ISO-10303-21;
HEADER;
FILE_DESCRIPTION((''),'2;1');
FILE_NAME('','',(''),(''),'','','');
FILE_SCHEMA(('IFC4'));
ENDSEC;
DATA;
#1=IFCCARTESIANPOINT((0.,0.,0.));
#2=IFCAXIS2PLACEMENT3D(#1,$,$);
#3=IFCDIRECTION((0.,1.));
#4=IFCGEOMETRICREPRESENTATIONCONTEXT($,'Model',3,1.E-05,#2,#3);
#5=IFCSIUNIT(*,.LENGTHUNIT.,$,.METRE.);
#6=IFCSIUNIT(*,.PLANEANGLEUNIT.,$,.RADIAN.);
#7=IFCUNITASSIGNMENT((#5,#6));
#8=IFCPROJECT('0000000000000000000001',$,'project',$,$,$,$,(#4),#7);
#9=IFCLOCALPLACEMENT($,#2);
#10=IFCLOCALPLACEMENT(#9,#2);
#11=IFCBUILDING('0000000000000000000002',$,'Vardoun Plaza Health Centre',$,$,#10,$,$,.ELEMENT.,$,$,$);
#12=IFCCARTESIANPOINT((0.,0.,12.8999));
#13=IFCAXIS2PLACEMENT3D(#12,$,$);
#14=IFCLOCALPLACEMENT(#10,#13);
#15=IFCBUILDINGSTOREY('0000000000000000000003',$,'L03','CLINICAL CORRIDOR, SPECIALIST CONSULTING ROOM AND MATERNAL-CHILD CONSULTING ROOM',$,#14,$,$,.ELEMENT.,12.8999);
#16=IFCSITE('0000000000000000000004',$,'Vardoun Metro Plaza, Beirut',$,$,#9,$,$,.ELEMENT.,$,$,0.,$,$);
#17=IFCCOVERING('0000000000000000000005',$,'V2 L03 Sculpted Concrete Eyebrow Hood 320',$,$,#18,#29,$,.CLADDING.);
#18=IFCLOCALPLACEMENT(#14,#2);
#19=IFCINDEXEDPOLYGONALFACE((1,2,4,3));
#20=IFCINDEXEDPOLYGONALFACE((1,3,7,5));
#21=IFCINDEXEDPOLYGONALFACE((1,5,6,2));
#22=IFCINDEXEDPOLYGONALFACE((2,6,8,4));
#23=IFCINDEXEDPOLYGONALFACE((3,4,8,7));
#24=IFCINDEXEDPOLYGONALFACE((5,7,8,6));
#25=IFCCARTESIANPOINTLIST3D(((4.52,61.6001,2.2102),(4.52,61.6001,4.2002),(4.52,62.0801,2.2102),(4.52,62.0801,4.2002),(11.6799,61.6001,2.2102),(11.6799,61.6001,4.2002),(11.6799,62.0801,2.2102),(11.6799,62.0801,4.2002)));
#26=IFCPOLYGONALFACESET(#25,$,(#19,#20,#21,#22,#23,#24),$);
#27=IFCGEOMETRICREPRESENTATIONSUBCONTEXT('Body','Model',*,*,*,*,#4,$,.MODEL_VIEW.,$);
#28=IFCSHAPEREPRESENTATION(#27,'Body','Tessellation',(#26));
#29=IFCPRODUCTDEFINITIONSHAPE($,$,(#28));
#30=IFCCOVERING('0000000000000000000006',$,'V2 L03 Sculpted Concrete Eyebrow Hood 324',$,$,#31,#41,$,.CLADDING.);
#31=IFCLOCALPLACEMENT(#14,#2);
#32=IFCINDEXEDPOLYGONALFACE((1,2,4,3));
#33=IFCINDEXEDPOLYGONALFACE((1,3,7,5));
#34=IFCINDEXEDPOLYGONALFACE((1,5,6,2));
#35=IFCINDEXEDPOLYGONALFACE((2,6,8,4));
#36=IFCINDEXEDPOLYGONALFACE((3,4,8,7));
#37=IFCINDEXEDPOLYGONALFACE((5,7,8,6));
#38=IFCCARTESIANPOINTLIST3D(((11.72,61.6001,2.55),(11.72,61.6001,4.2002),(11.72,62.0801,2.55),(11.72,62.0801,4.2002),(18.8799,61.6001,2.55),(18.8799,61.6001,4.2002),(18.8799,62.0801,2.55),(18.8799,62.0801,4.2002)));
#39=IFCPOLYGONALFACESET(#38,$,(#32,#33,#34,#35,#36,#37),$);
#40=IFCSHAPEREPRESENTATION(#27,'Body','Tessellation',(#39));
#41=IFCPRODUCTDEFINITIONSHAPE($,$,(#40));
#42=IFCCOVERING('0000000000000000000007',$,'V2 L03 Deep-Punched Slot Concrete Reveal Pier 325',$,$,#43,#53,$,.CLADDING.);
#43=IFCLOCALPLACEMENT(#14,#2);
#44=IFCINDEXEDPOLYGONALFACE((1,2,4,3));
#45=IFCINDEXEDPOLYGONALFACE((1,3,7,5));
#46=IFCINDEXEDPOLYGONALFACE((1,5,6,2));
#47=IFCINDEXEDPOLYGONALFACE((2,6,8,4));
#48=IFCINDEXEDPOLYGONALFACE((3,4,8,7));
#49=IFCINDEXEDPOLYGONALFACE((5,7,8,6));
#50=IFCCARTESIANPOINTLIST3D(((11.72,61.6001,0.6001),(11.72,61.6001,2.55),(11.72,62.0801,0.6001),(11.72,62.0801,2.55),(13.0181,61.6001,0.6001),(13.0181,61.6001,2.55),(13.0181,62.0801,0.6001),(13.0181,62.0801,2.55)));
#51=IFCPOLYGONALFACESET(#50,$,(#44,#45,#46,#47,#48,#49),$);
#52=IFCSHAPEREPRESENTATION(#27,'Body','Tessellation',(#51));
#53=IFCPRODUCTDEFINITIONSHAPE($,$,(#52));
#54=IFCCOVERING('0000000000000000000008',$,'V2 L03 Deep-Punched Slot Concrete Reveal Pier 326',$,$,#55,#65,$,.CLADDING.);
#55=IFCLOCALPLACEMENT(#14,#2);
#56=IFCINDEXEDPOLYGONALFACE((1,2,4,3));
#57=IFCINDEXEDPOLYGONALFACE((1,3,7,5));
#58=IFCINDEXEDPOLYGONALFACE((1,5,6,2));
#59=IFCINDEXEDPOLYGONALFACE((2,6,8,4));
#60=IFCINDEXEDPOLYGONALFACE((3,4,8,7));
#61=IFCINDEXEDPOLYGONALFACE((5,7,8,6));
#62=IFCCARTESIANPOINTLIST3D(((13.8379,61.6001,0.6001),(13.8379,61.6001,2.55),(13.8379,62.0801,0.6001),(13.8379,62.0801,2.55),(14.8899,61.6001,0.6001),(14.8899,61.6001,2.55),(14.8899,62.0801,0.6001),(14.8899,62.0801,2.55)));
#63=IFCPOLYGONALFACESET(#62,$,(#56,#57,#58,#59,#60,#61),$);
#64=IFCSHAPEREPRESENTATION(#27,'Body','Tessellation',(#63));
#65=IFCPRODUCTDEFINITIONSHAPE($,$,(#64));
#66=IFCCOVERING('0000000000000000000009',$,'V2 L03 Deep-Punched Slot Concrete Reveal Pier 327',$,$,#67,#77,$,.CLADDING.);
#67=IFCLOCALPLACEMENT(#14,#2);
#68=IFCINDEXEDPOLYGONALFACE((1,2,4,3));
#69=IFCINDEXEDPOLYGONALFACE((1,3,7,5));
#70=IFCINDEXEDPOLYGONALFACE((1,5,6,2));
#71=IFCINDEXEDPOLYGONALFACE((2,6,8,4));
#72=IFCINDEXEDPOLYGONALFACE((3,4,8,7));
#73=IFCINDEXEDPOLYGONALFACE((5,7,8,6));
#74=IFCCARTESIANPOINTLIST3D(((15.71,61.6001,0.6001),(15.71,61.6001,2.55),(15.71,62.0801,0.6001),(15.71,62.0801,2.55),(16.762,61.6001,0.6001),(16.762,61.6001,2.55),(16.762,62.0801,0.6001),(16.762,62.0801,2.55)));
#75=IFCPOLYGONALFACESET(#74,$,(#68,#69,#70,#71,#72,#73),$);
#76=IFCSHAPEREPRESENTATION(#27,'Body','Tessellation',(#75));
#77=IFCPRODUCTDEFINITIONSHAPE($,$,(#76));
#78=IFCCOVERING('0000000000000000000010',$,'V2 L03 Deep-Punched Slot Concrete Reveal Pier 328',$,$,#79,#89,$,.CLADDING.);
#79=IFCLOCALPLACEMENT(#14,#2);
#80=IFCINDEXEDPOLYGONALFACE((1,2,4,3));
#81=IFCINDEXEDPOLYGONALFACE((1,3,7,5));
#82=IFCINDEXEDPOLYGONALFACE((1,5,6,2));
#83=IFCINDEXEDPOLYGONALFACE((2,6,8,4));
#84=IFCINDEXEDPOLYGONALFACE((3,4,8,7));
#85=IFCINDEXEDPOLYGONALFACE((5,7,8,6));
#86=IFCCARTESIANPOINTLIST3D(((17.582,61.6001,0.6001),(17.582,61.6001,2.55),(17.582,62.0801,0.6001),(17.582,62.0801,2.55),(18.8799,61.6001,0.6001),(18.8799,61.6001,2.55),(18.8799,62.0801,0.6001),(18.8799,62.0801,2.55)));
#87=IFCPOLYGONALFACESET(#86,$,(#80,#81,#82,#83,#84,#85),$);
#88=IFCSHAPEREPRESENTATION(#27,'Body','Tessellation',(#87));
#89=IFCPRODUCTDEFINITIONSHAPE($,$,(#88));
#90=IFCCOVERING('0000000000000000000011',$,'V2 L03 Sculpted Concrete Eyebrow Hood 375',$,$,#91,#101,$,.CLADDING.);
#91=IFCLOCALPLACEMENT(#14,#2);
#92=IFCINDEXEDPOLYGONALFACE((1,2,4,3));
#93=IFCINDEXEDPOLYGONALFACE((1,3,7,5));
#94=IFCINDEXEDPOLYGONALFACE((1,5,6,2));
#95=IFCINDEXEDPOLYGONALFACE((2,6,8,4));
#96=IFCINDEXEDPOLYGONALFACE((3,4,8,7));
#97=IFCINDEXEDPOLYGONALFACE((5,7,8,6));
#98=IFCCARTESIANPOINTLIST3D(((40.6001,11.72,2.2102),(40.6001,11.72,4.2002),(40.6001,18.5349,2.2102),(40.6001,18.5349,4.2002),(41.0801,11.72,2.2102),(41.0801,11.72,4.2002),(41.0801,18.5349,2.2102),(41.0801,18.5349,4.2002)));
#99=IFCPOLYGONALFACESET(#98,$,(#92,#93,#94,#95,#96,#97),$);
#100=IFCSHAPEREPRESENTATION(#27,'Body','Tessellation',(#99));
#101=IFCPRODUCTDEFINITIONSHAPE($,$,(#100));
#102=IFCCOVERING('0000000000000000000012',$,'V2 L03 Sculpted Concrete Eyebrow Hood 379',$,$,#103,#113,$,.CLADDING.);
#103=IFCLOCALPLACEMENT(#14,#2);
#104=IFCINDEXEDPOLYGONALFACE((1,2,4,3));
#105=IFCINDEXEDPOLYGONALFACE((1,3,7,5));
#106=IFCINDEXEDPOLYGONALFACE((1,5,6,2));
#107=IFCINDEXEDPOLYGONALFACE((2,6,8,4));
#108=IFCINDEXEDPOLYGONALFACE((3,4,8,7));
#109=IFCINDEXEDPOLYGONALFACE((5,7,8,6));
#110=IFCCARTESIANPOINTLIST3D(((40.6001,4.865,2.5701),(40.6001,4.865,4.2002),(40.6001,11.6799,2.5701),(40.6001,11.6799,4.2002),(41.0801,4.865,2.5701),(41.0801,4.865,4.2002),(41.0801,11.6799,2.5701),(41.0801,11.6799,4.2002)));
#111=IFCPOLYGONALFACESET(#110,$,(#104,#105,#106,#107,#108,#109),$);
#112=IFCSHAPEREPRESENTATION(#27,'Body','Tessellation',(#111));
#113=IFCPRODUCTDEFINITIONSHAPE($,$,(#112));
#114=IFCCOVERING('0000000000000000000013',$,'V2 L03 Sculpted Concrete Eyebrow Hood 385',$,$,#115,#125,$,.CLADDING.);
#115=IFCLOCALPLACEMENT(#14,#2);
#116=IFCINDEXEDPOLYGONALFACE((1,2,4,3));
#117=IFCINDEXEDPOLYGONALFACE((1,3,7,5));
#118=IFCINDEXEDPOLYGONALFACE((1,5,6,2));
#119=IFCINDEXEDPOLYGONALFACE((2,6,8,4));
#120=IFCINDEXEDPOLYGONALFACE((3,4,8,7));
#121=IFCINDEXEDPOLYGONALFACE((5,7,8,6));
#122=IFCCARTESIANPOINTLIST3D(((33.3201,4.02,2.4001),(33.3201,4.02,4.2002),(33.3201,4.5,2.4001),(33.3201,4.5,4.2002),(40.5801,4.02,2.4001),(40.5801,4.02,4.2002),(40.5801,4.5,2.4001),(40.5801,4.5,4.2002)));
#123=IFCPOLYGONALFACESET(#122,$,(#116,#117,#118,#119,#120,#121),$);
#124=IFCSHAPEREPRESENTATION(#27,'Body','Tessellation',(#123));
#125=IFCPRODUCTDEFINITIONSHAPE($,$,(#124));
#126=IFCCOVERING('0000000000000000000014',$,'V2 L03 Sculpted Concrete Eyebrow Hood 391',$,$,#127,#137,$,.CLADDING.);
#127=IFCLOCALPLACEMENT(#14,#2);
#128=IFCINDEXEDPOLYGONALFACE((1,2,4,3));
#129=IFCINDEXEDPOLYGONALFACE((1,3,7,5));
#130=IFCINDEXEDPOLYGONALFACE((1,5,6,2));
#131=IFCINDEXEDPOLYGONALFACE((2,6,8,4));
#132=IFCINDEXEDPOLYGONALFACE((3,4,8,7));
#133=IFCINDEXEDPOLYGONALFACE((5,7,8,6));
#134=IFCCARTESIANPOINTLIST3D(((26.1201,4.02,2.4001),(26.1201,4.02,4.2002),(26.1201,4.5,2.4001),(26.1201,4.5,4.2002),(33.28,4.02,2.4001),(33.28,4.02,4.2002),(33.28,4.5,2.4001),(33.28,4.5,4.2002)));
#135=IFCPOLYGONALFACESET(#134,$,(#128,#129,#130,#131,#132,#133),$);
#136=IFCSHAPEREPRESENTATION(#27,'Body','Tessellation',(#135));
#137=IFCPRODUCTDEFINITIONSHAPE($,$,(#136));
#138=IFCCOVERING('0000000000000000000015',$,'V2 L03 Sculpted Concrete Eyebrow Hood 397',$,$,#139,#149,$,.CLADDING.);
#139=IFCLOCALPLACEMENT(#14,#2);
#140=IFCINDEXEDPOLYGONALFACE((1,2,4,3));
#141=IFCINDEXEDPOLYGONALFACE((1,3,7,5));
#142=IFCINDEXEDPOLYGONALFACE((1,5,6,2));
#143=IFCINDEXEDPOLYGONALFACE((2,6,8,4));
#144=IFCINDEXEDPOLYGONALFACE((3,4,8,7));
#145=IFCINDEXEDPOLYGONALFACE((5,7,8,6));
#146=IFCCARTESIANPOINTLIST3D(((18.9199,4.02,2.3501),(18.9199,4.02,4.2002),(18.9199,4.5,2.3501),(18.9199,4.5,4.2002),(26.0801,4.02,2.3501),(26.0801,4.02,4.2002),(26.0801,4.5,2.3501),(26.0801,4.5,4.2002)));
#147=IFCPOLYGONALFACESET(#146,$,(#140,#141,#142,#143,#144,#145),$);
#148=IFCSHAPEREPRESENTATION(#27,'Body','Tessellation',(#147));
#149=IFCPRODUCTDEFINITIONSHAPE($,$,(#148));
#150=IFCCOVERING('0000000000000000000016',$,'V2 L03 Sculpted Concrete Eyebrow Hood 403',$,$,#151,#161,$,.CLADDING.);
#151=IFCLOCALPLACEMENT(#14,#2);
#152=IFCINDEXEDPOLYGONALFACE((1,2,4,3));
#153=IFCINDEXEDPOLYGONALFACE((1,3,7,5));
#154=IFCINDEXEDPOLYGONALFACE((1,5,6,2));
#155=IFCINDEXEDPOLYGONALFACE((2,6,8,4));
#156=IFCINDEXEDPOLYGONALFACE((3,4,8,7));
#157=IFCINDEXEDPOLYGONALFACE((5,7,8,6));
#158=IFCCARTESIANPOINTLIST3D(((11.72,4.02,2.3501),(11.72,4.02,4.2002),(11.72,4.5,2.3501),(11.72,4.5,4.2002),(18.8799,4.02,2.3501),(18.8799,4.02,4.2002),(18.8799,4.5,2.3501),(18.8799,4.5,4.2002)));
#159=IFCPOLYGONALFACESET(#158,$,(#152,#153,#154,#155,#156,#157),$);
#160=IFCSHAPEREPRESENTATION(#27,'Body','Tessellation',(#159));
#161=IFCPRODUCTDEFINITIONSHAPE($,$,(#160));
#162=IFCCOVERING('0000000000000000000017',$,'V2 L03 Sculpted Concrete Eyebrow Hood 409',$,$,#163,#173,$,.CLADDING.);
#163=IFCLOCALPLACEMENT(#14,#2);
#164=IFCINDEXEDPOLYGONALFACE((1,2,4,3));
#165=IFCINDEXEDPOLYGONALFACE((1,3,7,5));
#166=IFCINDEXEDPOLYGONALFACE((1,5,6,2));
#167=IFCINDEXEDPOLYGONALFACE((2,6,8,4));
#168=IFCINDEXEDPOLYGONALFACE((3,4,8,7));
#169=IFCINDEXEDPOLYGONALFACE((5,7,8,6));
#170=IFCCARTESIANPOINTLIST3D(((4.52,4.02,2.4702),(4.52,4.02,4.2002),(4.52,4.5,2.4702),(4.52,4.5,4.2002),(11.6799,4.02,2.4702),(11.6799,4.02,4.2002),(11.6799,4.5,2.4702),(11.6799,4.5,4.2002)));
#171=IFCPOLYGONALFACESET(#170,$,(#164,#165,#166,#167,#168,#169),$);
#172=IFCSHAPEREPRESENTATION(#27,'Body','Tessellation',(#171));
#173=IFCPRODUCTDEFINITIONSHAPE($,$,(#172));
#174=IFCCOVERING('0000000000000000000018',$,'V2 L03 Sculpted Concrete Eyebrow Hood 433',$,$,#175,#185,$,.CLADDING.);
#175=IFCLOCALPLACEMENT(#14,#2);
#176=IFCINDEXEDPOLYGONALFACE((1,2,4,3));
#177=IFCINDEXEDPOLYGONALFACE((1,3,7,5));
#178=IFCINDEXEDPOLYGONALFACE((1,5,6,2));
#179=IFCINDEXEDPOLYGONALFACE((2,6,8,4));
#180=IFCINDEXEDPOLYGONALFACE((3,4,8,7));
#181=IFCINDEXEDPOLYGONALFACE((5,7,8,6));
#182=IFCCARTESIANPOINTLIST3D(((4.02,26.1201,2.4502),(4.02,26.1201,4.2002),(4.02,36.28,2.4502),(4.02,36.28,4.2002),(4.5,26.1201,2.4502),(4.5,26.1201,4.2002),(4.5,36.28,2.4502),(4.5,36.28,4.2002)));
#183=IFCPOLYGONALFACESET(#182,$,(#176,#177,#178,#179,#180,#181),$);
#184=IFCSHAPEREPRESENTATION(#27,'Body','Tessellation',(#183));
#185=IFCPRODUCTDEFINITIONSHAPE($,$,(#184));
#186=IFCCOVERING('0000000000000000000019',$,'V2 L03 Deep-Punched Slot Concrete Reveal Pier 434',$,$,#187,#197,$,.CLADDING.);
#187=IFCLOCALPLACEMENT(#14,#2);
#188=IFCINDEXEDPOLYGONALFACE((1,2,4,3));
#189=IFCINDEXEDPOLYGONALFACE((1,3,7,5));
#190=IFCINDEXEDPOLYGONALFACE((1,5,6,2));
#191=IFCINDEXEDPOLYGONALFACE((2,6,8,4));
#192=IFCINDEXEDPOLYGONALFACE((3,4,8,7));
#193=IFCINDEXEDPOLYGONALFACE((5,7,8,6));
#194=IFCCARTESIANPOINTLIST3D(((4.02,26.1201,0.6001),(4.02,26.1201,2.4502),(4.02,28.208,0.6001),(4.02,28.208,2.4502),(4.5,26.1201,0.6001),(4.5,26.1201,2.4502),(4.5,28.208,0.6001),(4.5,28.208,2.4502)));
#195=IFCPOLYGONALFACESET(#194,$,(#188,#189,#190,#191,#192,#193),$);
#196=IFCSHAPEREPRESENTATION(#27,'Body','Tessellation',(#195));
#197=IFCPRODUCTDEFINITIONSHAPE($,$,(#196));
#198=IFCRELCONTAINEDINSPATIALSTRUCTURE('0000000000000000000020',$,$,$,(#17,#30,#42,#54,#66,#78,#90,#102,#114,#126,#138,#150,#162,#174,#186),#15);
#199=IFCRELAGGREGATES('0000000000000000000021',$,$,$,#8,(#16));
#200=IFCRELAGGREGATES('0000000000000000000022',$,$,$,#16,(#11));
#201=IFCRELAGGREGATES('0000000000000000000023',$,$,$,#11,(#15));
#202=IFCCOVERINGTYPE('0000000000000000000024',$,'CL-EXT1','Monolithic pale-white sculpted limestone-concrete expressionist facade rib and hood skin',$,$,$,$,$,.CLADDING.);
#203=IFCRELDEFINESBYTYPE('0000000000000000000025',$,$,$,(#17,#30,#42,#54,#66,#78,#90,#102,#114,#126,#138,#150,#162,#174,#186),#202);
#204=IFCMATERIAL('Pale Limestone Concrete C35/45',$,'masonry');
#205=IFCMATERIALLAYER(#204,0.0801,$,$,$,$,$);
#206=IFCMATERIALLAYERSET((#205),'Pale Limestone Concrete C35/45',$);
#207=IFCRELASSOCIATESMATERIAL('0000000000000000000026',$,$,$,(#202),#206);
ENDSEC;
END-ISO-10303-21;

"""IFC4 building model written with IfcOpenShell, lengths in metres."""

from ifc_helpers import new_model, si_unit, direction, frame, origin, place, context, subcontext, project, spatial, polyline, outline, extrude, material, layer, layer_set, type_object, element, save


model = new_model("IFC4")

# Units and contexts
model_context = context("Model", 3, precision=1e-05, world=origin(), true_north=direction((0.0, 1.0)))
body_context = subcontext(model_context, "Body", "Model", "MODEL_VIEW")
ifc_project = project(units=[si_unit("LENGTHUNIT", "METRE"), si_unit("PLANEANGLEUNIT", "RADIAN")], contexts=[model_context])

# Site, building, storey
site_placement = place(None, origin())
site = spatial("IfcSite", under=ifc_project, at=site_placement, Name="Vardoun Metro Plaza, Beirut", CompositionType="ELEMENT", RefElevation=0.0)
building_placement = place(site_placement, origin())
building = spatial("IfcBuilding", under=site, at=building_placement, Name="Vardoun Plaza Health Centre", CompositionType="ELEMENT")
storey_placement = place(building_placement, frame((0.0, 0.0, 12.8999)))
storey = spatial("IfcBuildingStorey", under=building, at=storey_placement, Name="L03", Description="CLINICAL CORRIDOR, SPECIALIST CONSULTING ROOM AND MATERNAL-CHILD CONSULTING ROOM", CompositionType="ELEMENT", Elevation=12.8999)

# Coverings
ifc_material = material(Name="Pale Limestone Concrete C35/45", Category="masonry")
ifc_layer = layer(ifc_material, 0.0801)
ifc_layer_set = layer_set([ifc_layer], Name="Pale Limestone Concrete C35/45")
covering_type = type_object("IfcCoveringType", Name="CL-EXT1", Description="Monolithic pale-white sculpted limestone-concrete expressionist facade rib and hood skin", PredefinedType="CLADDING", material=ifc_layer_set)
covering_1_placement = place(storey_placement, frame((0.0, 0.0, 2.2102)))
element("IfcCovering", 1, at=covering_1_placement, inside=storey, type_object=covering_type, Name="V2 L03 Sculpted Concrete Eyebrow Hood 320", PredefinedType="CLADDING", context=body_context, shape_type="SweptSolid", body=[
    extrude(outline(polyline([(4.52, 61.6001), (11.6799, 61.6001), (11.6799, 62.0801), (4.52, 62.0801), (4.52, 61.6001)])), origin(), (0.0, 0.0, 1.0), 1.99),
])
covering_2_placement = place(storey_placement, frame((0.0, 0.0, 2.55)))
element("IfcCovering", 2, at=covering_2_placement, inside=storey, type_object=covering_type, Name="V2 L03 Sculpted Concrete Eyebrow Hood 324", PredefinedType="CLADDING", context=body_context, shape_type="SweptSolid", body=[
    extrude(outline(polyline([(11.72, 61.6001), (18.8799, 61.6001), (18.8799, 62.0801), (11.72, 62.0801), (11.72, 61.6001)])), origin(), (0.0, 0.0, 1.0), 1.6501),
])
covering_3_placement = place(storey_placement, frame((0.0, 0.0, 0.6001)))
element("IfcCovering", 3, at=covering_3_placement, inside=storey, type_object=covering_type, Name="V2 L03 Deep-Punched Slot Concrete Reveal Pier 325", PredefinedType="CLADDING", context=body_context, shape_type="SweptSolid", body=[
    extrude(outline(polyline([(11.72, 61.6001), (13.0181, 61.6001), (13.0181, 62.0801), (11.72, 62.0801), (11.72, 61.6001)])), origin(), (0.0, 0.0, 1.0), 1.95),
])
covering_4_placement = place(storey_placement, frame((0.0, 0.0, 0.6001)))
element("IfcCovering", 4, at=covering_4_placement, inside=storey, type_object=covering_type, Name="V2 L03 Deep-Punched Slot Concrete Reveal Pier 326", PredefinedType="CLADDING", context=body_context, shape_type="SweptSolid", body=[
    extrude(outline(polyline([(13.8379, 61.6001), (14.8899, 61.6001), (14.8899, 62.0801), (13.8379, 62.0801), (13.8379, 61.6001)])), origin(), (0.0, 0.0, 1.0), 1.95),
])
covering_5_placement = place(storey_placement, frame((0.0, 0.0, 0.6001)))
element("IfcCovering", 5, at=covering_5_placement, inside=storey, type_object=covering_type, Name="V2 L03 Deep-Punched Slot Concrete Reveal Pier 327", PredefinedType="CLADDING", context=body_context, shape_type="SweptSolid", body=[
    extrude(outline(polyline([(15.71, 61.6001), (16.762, 61.6001), (16.762, 62.0801), (15.71, 62.0801), (15.71, 61.6001)])), origin(), (0.0, 0.0, 1.0), 1.95),
])
covering_6_placement = place(storey_placement, frame((0.0, 0.0, 0.6001)))
element("IfcCovering", 6, at=covering_6_placement, inside=storey, type_object=covering_type, Name="V2 L03 Deep-Punched Slot Concrete Reveal Pier 328", PredefinedType="CLADDING", context=body_context, shape_type="SweptSolid", body=[
    extrude(outline(polyline([(17.582, 61.6001), (18.8799, 61.6001), (18.8799, 62.0801), (17.582, 62.0801), (17.582, 61.6001)])), origin(), (0.0, 0.0, 1.0), 1.95),
])
covering_7_placement = place(storey_placement, frame((0.0, 0.0, 2.2102)))
element("IfcCovering", 7, at=covering_7_placement, inside=storey, type_object=covering_type, Name="V2 L03 Sculpted Concrete Eyebrow Hood 375", PredefinedType="CLADDING", context=body_context, shape_type="SweptSolid", body=[
    extrude(outline(polyline([(40.6001, 18.5349), (40.6001, 11.72), (41.0801, 11.72), (41.0801, 18.5349), (40.6001, 18.5349)])), origin(), (0.0, 0.0, 1.0), 1.99),
])
covering_8_placement = place(storey_placement, frame((0.0, 0.0, 2.5701)))
element("IfcCovering", 8, at=covering_8_placement, inside=storey, type_object=covering_type, Name="V2 L03 Sculpted Concrete Eyebrow Hood 379", PredefinedType="CLADDING", context=body_context, shape_type="SweptSolid", body=[
    extrude(outline(polyline([(40.6001, 11.6799), (40.6001, 4.865), (41.0801, 4.865), (41.0801, 11.6799), (40.6001, 11.6799)])), origin(), (0.0, 0.0, 1.0), 1.6301),
])
covering_9_placement = place(storey_placement, frame((0.0, 0.0, 2.4001)))
element("IfcCovering", 9, at=covering_9_placement, inside=storey, type_object=covering_type, Name="V2 L03 Sculpted Concrete Eyebrow Hood 385", PredefinedType="CLADDING", context=body_context, shape_type="SweptSolid", body=[
    extrude(outline(polyline([(40.5801, 4.5), (33.3201, 4.5), (33.3201, 4.02), (40.5801, 4.02), (40.5801, 4.5)])), origin(), (0.0, 0.0, 1.0), 1.8),
])
covering_10_placement = place(storey_placement, frame((0.0, 0.0, 2.4001)))
element("IfcCovering", 10, at=covering_10_placement, inside=storey, type_object=covering_type, Name="V2 L03 Sculpted Concrete Eyebrow Hood 391", PredefinedType="CLADDING", context=body_context, shape_type="SweptSolid", body=[
    extrude(outline(polyline([(33.28, 4.5), (26.1201, 4.5), (26.1201, 4.02), (33.28, 4.02), (33.28, 4.5)])), origin(), (0.0, 0.0, 1.0), 1.8),
])
covering_11_placement = place(storey_placement, frame((0.0, 0.0, 2.3501)))
element("IfcCovering", 11, at=covering_11_placement, inside=storey, type_object=covering_type, Name="V2 L03 Sculpted Concrete Eyebrow Hood 397", PredefinedType="CLADDING", context=body_context, shape_type="SweptSolid", body=[
    extrude(outline(polyline([(26.0801, 4.5), (18.9199, 4.5), (18.9199, 4.02), (26.0801, 4.02), (26.0801, 4.5)])), origin(), (0.0, 0.0, 1.0), 1.8501),
])
covering_12_placement = place(storey_placement, frame((0.0, 0.0, 2.3501)))
element("IfcCovering", 12, at=covering_12_placement, inside=storey, type_object=covering_type, Name="V2 L03 Sculpted Concrete Eyebrow Hood 403", PredefinedType="CLADDING", context=body_context, shape_type="SweptSolid", body=[
    extrude(outline(polyline([(18.8799, 4.5), (11.72, 4.5), (11.72, 4.02), (18.8799, 4.02), (18.8799, 4.5)])), origin(), (0.0, 0.0, 1.0), 1.8501),
])
covering_13_placement = place(storey_placement, frame((0.0, 0.0, 2.4702)))
element("IfcCovering", 13, at=covering_13_placement, inside=storey, type_object=covering_type, Name="V2 L03 Sculpted Concrete Eyebrow Hood 409", PredefinedType="CLADDING", context=body_context, shape_type="SweptSolid", body=[
    extrude(outline(polyline([(11.6799, 4.5), (4.52, 4.5), (4.52, 4.02), (11.6799, 4.02), (11.6799, 4.5)])), origin(), (0.0, 0.0, 1.0), 1.73),
])
covering_14_placement = place(storey_placement, frame((0.0, 0.0, 2.4502)))
element("IfcCovering", 14, at=covering_14_placement, inside=storey, type_object=covering_type, Name="V2 L03 Sculpted Concrete Eyebrow Hood 433", PredefinedType="CLADDING", context=body_context, shape_type="SweptSolid", body=[
    extrude(outline(polyline([(4.5, 26.1201), (4.5, 36.28), (4.02, 36.28), (4.02, 26.1201), (4.5, 26.1201)])), origin(), (0.0, 0.0, 1.0), 1.75),
])
covering_15_placement = place(storey_placement, frame((0.0, 0.0, 0.6001)))
element("IfcCovering", 15, at=covering_15_placement, inside=storey, type_object=covering_type, Name="V2 L03 Deep-Punched Slot Concrete Reveal Pier 434", PredefinedType="CLADDING", context=body_context, shape_type="SweptSolid", body=[
    extrude(outline(polyline([(4.5, 26.1201), (4.5, 28.208), (4.02, 28.208), (4.02, 26.1201), (4.5, 26.1201)])), origin(), (0.0, 0.0, 1.0), 1.8501),
])

save(model, "model.ifc")
